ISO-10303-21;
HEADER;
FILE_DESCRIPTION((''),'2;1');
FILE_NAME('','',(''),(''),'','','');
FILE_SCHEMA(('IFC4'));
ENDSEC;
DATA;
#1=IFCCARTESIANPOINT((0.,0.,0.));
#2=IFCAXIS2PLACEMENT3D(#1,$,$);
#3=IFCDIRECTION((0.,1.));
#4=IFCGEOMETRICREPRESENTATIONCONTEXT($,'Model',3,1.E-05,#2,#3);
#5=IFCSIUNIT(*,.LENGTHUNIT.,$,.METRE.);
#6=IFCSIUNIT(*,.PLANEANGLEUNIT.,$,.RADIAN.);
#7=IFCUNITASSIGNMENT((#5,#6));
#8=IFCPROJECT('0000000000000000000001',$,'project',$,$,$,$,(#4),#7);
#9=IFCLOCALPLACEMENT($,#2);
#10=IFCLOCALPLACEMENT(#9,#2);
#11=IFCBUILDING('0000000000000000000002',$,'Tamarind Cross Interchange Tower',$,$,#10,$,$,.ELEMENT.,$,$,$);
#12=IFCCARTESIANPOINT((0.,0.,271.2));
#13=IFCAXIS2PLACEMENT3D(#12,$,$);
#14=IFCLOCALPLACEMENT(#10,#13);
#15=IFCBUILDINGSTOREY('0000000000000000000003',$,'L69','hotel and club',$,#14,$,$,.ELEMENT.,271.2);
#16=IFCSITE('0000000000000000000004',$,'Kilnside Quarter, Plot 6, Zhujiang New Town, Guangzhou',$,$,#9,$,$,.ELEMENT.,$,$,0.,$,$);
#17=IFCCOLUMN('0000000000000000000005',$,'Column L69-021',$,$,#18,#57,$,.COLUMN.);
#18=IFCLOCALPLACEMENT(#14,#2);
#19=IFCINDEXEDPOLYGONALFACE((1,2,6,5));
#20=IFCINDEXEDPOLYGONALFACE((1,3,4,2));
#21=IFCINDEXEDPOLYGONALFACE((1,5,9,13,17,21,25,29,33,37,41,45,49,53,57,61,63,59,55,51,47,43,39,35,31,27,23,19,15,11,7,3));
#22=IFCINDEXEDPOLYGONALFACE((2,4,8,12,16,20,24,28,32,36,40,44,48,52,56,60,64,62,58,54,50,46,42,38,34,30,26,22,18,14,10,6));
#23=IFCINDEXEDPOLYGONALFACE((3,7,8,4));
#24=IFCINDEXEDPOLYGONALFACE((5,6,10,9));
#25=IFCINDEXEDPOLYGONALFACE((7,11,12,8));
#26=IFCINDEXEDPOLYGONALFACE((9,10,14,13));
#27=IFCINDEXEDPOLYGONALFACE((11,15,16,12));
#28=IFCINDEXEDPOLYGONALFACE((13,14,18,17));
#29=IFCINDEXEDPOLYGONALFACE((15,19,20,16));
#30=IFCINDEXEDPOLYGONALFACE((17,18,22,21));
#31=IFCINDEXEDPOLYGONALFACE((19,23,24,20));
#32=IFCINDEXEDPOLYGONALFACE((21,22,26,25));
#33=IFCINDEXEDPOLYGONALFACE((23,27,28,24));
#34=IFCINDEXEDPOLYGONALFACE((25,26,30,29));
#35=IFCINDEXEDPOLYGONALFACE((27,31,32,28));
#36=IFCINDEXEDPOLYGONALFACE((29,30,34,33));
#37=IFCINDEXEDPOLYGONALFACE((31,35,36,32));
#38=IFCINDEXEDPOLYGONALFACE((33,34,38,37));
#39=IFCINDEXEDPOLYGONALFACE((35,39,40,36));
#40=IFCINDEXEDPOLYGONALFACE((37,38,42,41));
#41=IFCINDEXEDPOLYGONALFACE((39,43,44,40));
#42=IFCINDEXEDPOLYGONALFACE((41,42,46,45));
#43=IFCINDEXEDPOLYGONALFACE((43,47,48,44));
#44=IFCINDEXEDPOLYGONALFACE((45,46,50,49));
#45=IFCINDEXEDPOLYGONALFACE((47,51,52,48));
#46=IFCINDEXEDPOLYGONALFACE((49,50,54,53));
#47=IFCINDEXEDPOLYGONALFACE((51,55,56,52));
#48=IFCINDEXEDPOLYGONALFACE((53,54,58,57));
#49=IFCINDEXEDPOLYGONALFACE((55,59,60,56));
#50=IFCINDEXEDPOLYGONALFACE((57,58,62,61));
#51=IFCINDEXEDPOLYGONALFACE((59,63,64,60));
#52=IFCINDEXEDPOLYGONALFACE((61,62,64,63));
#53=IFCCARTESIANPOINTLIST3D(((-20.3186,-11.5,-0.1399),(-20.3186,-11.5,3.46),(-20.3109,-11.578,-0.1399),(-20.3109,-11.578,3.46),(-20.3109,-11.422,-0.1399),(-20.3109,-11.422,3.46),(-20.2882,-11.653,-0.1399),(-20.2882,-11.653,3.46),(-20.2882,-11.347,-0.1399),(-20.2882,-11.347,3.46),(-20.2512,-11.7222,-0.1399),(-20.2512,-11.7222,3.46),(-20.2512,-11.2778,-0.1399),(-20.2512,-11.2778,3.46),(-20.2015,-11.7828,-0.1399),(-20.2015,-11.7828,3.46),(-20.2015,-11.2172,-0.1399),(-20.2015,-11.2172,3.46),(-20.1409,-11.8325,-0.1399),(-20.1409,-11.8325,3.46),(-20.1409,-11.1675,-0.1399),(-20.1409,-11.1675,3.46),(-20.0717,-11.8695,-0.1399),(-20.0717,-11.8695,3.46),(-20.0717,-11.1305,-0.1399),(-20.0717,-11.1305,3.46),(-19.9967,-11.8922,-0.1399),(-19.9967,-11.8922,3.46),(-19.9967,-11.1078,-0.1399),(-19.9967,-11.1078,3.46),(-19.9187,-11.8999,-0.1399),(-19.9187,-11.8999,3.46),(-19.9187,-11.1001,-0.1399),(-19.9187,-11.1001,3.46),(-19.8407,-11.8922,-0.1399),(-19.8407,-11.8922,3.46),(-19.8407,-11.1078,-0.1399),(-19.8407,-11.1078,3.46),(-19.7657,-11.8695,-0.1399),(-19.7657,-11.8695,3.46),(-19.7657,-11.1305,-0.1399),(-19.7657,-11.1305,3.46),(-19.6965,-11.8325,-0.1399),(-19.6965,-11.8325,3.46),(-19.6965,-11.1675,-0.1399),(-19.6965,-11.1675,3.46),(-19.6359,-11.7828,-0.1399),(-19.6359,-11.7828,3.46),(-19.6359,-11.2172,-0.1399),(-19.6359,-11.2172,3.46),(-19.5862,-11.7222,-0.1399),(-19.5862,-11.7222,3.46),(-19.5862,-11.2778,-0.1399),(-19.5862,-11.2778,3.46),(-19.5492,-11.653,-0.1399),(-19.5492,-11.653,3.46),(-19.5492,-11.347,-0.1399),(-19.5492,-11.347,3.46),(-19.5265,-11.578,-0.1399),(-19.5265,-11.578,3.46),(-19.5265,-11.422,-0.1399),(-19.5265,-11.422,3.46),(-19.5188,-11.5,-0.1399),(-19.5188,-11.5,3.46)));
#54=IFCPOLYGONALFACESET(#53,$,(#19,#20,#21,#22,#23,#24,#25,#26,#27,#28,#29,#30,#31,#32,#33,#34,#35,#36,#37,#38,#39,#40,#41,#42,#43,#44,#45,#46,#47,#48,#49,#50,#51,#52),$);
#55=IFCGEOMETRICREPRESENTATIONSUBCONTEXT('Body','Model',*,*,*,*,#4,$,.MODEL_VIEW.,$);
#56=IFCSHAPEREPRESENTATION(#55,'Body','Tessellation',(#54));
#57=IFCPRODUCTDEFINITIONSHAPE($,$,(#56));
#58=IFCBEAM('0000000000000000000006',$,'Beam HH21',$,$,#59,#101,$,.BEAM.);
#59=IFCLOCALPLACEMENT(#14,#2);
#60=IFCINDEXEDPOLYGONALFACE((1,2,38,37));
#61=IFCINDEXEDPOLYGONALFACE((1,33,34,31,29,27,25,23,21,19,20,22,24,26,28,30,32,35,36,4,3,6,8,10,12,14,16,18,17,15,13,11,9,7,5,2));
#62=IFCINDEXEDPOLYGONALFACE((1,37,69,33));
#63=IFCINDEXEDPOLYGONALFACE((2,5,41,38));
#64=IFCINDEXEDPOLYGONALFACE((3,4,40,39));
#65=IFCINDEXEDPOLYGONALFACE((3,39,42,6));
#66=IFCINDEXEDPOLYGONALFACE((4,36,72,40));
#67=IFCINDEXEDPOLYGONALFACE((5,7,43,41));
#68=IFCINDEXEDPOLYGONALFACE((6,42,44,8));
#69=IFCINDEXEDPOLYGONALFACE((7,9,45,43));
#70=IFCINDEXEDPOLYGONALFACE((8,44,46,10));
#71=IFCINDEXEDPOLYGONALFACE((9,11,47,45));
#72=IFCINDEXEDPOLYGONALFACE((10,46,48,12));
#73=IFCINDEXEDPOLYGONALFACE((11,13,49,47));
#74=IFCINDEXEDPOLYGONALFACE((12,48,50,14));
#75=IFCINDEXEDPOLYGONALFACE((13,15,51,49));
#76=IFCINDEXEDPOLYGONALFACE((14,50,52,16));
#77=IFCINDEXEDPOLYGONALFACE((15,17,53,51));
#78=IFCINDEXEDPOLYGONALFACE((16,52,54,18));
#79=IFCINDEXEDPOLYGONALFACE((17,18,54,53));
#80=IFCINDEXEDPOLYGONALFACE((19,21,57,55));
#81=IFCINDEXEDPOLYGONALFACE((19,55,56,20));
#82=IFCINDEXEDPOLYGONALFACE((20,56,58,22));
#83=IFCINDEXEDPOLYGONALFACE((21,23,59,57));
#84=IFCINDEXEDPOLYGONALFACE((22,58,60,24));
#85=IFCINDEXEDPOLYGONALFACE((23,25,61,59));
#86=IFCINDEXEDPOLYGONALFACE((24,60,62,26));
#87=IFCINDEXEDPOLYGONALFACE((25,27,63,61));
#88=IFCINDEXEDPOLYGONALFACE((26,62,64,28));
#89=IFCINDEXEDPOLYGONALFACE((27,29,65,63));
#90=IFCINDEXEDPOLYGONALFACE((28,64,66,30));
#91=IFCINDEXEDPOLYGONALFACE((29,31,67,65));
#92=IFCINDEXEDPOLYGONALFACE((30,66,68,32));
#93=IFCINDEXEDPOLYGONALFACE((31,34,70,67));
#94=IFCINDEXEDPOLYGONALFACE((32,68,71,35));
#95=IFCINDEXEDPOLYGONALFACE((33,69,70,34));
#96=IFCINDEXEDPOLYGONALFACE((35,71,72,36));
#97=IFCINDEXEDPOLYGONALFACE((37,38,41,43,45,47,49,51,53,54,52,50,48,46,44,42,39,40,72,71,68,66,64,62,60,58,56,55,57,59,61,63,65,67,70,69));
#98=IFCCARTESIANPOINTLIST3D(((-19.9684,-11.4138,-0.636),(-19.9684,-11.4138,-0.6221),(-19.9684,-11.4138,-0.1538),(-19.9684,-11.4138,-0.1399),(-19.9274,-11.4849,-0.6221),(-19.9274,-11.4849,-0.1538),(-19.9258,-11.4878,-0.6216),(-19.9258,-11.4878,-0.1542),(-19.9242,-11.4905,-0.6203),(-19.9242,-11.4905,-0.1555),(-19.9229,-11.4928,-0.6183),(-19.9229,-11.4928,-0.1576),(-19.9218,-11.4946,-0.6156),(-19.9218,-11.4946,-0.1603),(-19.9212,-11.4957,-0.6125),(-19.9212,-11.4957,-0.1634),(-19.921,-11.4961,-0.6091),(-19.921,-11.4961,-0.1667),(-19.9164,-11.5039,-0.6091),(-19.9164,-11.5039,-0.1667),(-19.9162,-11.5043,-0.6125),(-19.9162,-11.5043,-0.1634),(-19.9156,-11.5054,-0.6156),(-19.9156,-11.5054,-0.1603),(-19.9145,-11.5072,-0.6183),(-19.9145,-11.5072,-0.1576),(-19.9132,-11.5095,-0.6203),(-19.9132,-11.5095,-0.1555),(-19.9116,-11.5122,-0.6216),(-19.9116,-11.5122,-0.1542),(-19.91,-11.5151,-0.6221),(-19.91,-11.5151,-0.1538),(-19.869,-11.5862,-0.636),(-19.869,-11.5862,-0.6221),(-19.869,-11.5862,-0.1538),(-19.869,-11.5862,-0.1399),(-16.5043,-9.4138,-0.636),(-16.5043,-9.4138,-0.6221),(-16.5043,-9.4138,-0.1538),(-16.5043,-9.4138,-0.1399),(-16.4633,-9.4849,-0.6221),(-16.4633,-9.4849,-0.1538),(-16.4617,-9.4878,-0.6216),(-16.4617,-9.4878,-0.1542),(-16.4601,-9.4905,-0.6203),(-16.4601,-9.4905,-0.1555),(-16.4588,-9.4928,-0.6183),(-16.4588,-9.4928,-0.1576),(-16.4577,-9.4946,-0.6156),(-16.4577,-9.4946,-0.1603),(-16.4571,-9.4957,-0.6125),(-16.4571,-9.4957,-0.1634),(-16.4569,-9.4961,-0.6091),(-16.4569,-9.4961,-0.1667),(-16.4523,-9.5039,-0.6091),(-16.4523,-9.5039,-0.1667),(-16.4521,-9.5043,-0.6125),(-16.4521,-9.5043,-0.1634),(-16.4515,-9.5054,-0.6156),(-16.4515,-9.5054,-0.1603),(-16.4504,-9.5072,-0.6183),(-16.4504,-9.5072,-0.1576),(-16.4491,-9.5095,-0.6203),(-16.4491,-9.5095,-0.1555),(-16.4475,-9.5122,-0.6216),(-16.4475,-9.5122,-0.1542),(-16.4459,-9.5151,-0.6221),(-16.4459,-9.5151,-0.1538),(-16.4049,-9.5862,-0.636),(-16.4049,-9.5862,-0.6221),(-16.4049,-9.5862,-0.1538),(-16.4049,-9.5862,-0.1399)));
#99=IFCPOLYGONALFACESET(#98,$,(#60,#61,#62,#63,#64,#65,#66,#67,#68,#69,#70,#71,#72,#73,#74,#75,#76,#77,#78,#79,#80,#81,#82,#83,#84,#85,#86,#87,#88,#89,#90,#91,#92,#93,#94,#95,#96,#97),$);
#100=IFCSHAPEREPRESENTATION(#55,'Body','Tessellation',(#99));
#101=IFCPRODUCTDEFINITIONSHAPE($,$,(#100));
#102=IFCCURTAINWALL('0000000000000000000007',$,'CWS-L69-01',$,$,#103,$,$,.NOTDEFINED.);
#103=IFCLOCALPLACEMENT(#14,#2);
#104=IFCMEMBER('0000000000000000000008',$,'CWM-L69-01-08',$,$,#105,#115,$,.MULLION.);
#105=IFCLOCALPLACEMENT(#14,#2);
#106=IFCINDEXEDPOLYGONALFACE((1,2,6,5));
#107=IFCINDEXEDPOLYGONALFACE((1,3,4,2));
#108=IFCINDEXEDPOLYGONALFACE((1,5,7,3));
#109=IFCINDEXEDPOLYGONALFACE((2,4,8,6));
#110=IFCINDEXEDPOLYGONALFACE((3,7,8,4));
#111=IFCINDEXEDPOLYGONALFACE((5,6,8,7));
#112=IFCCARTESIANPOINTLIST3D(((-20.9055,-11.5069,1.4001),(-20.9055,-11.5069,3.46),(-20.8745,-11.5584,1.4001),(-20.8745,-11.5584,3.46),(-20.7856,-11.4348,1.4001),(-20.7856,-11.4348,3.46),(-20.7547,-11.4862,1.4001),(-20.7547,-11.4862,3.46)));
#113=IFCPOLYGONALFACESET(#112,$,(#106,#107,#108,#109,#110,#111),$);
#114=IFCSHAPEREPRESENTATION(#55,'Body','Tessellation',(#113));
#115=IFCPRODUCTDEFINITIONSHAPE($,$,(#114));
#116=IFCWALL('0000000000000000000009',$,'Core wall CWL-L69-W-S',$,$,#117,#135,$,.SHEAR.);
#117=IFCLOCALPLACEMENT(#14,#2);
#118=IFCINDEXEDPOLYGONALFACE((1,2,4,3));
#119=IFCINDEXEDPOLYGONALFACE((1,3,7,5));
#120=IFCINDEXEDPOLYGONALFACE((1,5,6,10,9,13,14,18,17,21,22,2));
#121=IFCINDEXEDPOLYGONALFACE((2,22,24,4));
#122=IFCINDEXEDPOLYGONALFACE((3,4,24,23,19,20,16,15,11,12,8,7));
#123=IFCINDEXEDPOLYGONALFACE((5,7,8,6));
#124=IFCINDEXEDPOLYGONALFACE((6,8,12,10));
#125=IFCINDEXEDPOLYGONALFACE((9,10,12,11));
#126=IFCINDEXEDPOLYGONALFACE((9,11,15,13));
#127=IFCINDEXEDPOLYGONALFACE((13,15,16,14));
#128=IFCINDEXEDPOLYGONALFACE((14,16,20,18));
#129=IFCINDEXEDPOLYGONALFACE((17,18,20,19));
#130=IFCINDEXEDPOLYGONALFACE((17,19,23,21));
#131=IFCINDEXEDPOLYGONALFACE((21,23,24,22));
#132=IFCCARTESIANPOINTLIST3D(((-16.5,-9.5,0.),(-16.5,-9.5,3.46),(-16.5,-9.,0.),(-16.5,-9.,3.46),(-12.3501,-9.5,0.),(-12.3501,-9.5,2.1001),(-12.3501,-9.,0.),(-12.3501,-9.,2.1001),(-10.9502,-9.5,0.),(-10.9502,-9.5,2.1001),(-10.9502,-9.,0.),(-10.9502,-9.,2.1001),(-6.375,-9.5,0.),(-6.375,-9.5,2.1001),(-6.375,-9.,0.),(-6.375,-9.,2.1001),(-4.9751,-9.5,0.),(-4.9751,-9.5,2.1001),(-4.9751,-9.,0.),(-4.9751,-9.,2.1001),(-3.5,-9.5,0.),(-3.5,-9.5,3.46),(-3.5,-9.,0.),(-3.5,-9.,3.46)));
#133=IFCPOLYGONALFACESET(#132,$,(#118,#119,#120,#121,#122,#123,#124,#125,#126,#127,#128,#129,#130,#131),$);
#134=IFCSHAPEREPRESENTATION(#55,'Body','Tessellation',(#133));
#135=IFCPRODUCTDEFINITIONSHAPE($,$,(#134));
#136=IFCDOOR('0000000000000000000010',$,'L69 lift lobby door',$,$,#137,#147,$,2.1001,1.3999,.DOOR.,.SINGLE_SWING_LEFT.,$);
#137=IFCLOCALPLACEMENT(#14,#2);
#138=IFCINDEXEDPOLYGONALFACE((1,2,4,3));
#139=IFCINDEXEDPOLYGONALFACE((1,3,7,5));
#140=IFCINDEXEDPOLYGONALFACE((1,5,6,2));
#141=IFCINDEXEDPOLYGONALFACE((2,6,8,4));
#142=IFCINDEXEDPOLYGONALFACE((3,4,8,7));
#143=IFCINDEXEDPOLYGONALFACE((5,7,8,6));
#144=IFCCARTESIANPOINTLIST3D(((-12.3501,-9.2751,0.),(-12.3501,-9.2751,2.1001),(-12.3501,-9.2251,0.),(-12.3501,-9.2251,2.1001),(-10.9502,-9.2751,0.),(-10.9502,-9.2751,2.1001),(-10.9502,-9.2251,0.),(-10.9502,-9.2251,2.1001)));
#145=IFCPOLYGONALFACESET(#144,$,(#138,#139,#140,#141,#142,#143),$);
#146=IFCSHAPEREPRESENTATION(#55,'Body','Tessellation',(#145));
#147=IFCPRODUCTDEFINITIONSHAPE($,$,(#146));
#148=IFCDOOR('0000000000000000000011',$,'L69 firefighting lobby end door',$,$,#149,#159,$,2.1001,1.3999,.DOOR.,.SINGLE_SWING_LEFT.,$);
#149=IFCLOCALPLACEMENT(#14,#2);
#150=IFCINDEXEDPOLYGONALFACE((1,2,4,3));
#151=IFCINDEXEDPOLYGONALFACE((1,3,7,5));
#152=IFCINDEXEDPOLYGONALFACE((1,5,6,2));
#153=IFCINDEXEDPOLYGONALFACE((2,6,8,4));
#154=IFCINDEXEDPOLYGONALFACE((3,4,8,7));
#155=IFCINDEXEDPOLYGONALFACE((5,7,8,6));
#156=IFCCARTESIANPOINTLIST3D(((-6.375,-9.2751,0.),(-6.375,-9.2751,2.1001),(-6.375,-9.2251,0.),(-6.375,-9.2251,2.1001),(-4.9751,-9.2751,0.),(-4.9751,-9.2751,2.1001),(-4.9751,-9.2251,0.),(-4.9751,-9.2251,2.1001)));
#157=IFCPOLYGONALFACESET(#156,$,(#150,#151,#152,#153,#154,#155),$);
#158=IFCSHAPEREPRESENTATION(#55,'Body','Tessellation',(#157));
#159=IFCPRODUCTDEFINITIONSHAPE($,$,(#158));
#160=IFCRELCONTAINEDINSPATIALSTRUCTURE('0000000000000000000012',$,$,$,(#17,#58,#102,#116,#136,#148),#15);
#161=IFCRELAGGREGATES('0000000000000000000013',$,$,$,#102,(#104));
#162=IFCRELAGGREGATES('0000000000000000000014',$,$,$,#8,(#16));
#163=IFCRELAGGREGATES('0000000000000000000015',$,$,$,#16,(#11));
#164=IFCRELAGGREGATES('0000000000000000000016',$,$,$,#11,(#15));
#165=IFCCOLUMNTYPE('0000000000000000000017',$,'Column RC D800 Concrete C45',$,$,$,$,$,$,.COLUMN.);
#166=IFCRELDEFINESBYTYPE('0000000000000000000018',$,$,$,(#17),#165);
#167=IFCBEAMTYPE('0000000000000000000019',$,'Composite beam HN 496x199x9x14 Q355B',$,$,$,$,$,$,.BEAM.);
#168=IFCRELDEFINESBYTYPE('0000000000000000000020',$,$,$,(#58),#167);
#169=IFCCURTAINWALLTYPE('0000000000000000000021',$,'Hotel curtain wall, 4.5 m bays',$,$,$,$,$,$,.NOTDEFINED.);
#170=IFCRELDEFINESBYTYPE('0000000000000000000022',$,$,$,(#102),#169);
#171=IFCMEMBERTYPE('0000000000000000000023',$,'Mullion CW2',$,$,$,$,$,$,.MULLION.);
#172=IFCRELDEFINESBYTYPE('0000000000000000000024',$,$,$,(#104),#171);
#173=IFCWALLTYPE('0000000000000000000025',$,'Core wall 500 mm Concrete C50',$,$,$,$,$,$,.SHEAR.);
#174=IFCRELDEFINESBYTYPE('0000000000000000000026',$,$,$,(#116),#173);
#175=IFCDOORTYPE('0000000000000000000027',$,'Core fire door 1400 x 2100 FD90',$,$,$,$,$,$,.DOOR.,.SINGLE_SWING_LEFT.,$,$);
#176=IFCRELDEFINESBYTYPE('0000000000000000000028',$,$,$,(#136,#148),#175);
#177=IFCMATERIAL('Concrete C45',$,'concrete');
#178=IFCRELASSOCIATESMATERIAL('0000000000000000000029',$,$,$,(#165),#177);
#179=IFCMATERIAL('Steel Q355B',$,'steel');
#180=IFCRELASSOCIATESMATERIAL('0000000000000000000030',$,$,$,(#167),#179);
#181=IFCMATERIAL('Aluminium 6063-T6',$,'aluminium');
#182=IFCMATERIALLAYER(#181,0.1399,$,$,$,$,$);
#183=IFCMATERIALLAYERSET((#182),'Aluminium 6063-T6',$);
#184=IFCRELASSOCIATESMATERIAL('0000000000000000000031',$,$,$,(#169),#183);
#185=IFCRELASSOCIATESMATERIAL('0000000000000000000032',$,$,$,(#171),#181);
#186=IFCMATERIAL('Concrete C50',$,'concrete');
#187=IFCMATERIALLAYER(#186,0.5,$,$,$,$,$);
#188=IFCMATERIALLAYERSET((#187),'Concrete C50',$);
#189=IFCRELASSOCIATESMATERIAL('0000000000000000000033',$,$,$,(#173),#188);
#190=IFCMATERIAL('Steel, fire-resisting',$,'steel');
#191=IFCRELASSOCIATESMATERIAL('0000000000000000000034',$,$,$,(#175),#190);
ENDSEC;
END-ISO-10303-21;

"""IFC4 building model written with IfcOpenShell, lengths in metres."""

from ifc_helpers import new_model, si_unit, direction, frame, frame_2d, origin, origin_2d, place, context, subcontext, project, spatial, rectangle, circle, i_section, extrude, material, layer, layer_set, material_profile, profile_set, type_object, element, fill, aggregate, save


model = new_model("IFC4")

# Units and contexts
model_context = context("Model", 3, precision=1e-05, world=origin(), true_north=direction((0.0, 1.0)))
body_context = subcontext(model_context, "Body", "Model", "MODEL_VIEW")
ifc_project = project(units=[si_unit("LENGTHUNIT", "METRE"), si_unit("PLANEANGLEUNIT", "RADIAN")], contexts=[model_context])

# Site, building, storey
site_placement = place(None, origin())
site = spatial("IfcSite", under=ifc_project, at=site_placement, Name="Kilnside Quarter, Plot 6, Zhujiang New Town, Guangzhou", CompositionType="ELEMENT", RefElevation=0.0)
building_placement = place(site_placement, origin())
building = spatial("IfcBuilding", under=site, at=building_placement, Name="Tamarind Cross Interchange Tower", CompositionType="ELEMENT")
storey_placement = place(building_placement, frame((0.0, 0.0, 271.2)))
storey = spatial("IfcBuildingStorey", under=building, at=storey_placement, Name="L69", Description="hotel and club", CompositionType="ELEMENT", Elevation=271.2)

# Column
ifc_material_1 = material(Name="Concrete C45", Category="concrete")
ifc_material_profile_1 = material_profile(ifc_material_1, circle(Radius=0.3999, at=origin_2d()), Name="RC D800")
ifc_profile_set_1 = profile_set([ifc_material_profile_1], Name="Concrete C45")
column_type = type_object("IfcColumnType", Name="Column RC D800 Concrete C45", PredefinedType="COLUMN", material=ifc_profile_set_1)
column_placement = place(storey_placement, frame((-19.9187, -11.5, -0.1399), z_axis=(0.0, 0.0, 1.0), x_axis=(1.0, 0.0, 0.0)))
element("IfcColumn", 1, at=column_placement, inside=storey, type_object=column_type, Name="Column L69-021", PredefinedType="COLUMN", context=body_context, shape_type="SweptSolid", body=[
    extrude(circle(Radius=0.3999, at=origin_2d()), origin(), (0.0, 0.0, 1.0), 3.5999),
])

# Beam
ifc_material_2 = material(Name="Steel Q355B", Category="steel")
ifc_material_profile_2 = material_profile(ifc_material_2, i_section(OverallWidth=0.199, OverallDepth=0.4961, WebThickness=0.009, FlangeThickness=0.0139, FilletRadius=0.0129, at=origin_2d()), Name="HN 496x199x9x14")
ifc_profile_set_2 = profile_set([ifc_material_profile_2], Name="Steel Q355B")
beam_type = type_object("IfcBeamType", Name="Composite beam HN 496x199x9x14 Q355B", PredefinedType="BEAM", material=ifc_profile_set_2)
beam_placement = place(storey_placement, frame((-19.9187, -11.5, -0.3879), z_axis=(0.866026, 0.499999, 0.0), x_axis=(-0.499999, 0.866026, 0.0)))
element("IfcBeam", 2, at=beam_placement, inside=storey, type_object=beam_type, Name="Beam HH21", PredefinedType="BEAM", context=body_context, shape_type="SweptSolid", body=[
    extrude(i_section(OverallWidth=0.199, OverallDepth=0.4961, WebThickness=0.009, FlangeThickness=0.0139, FilletRadius=0.0129, at=origin_2d()), origin(), (0.0, 0.0, 1.0), 4.0),
])

# Curtain wall, member
ifc_material_3 = material(Name="Aluminium 6063-T6", Category="aluminium")
ifc_layer_1 = layer(ifc_material_3, 0.1399)
ifc_layer_set_1 = layer_set([ifc_layer_1], Name="Aluminium 6063-T6")
curtain_wall_type = type_object("IfcCurtainWallType", Name="Hotel curtain wall, 4.5 m bays", PredefinedType="NOTDEFINED", material=ifc_layer_set_1)
curtain_wall_placement = place(storey_placement, origin())
curtain_wall = element("IfcCurtainWall", 3, at=curtain_wall_placement, inside=storey, type_object=curtain_wall_type, Name="CWS-L69-01", PredefinedType="NOTDEFINED")
ifc_material_profile_3 = material_profile(ifc_material_3, rectangle(XDim=0.0601, YDim=0.1399, at=origin_2d()), Name="Mullion CW2")
ifc_profile_set_3 = profile_set([ifc_material_profile_3], Name="Aluminium 6063-T6")
member_type = type_object("IfcMemberType", Name="Mullion CW2", PredefinedType="MULLION", material=ifc_profile_set_3)
member_placement = place(storey_placement, frame((-20.8301, -11.4966, 1.4001), z_axis=(0.0, 0.0, 1.0), x_axis=(0.515577, -0.856843, 0.0)))
member = element("IfcMember", 4, at=member_placement, type_object=member_type, Name="CWM-L69-01-08", PredefinedType="MULLION", context=body_context, shape_type="SweptSolid", body=[
    extrude(rectangle(XDim=0.0601, YDim=0.1399, at=origin_2d()), origin(), (0.0, 0.0, 1.0), 2.0598),
])
aggregate(curtain_wall, [member])

# Wall, openings, doors
ifc_material_4 = material(Name="Concrete C50", Category="concrete")
ifc_layer_2 = layer(ifc_material_4, 0.5)
ifc_layer_set_2 = layer_set([ifc_layer_2], Name="Concrete C50")
wall_type_1 = type_object("IfcWallType", Name="Core wall 500 mm Concrete C50", PredefinedType="SHEAR", material=ifc_layer_set_2)
wall_1_placement = place(storey_placement, frame((-16.5, -9.25, 0.0), z_axis=(0.0, 0.0, 1.0), x_axis=(1.0, 0.0, 0.0)))
wall_1 = element("IfcWall", 5, at=wall_1_placement, inside=storey, type_object=wall_type_1, Name="Core wall CWL-L69-W-S", PredefinedType="SHEAR", context=body_context, shape_type="SweptSolid", body=[
    extrude(rectangle(XDim=13.0, YDim=0.5, at=frame_2d((6.5, 0.0))), origin(), (0.0, 0.0, 1.0), 3.46),
])
opening_1_placement = place(wall_1_placement, frame((4.1499, 0.0, 0.0)))
opening_1 = element("IfcOpeningElement", 6, at=opening_1_placement, cuts=wall_1, PredefinedType="OPENING", context=body_context, shape_type="SweptSolid", body=[
    extrude(rectangle(XDim=1.3999, YDim=2.1001, at=frame_2d((0.7, 1.05))), frame((0.0, 0.26, 0.0), z_axis=(0.0, -1.0, 0.0), x_axis=(1.0, 0.0, 0.0)), (0.0, 0.0, 1.0), 0.52),
])
opening_2_placement = place(wall_1_placement, frame((10.125, 0.0, 0.0)))
opening_2 = element("IfcOpeningElement", 7, at=opening_2_placement, cuts=wall_1, PredefinedType="OPENING", context=body_context, shape_type="SweptSolid", body=[
    extrude(rectangle(XDim=1.3999, YDim=2.1001, at=frame_2d((0.7, 1.05))), frame((0.0, 0.26, 0.0), z_axis=(0.0, -1.0, 0.0), x_axis=(1.0, 0.0, 0.0)), (0.0, 0.0, 1.0), 0.52),
])
ifc_material_5 = material(Name="Steel, fire-resisting", Category="steel")
door_type_1 = type_object("IfcDoorType", Name="Core fire door 1400 x 2100 FD90", OperationType="SINGLE_SWING_LEFT", PredefinedType="DOOR", material=ifc_material_5)
door_1_placement = place(opening_1_placement, origin())
door_1 = element("IfcDoor", 8, at=door_1_placement, inside=storey, type_object=door_type_1, Name="L69 lift lobby door", OperationType="SINGLE_SWING_LEFT", OverallHeight=2.1001, OverallWidth=1.3999, PredefinedType="DOOR", context=body_context, shape_type="SweptSolid", body=[
    extrude(rectangle(XDim=1.3999, YDim=2.1001, at=frame_2d((0.7, 1.05))), frame((0.0, 0.0249, 0.0), z_axis=(0.0, -1.0, 0.0), x_axis=(1.0, 0.0, 0.0)), (0.0, 0.0, 1.0), 0.05),
])
fill(opening_1, door_1)
door_2_placement = place(opening_2_placement, origin())
door_2 = element("IfcDoor", 9, at=door_2_placement, inside=storey, type_object=door_type_1, Name="L69 firefighting lobby end door", OperationType="SINGLE_SWING_LEFT", OverallHeight=2.1001, OverallWidth=1.3999, PredefinedType="DOOR", context=body_context, shape_type="SweptSolid", body=[
    extrude(rectangle(XDim=1.3999, YDim=2.1001, at=frame_2d((0.7, 1.05))), frame((0.0, 0.0249, 0.0), z_axis=(0.0, -1.0, 0.0), x_axis=(1.0, 0.0, 0.0)), (0.0, 0.0, 1.0), 0.05),
])
fill(opening_2, door_2)

save(model, "model.ifc")
